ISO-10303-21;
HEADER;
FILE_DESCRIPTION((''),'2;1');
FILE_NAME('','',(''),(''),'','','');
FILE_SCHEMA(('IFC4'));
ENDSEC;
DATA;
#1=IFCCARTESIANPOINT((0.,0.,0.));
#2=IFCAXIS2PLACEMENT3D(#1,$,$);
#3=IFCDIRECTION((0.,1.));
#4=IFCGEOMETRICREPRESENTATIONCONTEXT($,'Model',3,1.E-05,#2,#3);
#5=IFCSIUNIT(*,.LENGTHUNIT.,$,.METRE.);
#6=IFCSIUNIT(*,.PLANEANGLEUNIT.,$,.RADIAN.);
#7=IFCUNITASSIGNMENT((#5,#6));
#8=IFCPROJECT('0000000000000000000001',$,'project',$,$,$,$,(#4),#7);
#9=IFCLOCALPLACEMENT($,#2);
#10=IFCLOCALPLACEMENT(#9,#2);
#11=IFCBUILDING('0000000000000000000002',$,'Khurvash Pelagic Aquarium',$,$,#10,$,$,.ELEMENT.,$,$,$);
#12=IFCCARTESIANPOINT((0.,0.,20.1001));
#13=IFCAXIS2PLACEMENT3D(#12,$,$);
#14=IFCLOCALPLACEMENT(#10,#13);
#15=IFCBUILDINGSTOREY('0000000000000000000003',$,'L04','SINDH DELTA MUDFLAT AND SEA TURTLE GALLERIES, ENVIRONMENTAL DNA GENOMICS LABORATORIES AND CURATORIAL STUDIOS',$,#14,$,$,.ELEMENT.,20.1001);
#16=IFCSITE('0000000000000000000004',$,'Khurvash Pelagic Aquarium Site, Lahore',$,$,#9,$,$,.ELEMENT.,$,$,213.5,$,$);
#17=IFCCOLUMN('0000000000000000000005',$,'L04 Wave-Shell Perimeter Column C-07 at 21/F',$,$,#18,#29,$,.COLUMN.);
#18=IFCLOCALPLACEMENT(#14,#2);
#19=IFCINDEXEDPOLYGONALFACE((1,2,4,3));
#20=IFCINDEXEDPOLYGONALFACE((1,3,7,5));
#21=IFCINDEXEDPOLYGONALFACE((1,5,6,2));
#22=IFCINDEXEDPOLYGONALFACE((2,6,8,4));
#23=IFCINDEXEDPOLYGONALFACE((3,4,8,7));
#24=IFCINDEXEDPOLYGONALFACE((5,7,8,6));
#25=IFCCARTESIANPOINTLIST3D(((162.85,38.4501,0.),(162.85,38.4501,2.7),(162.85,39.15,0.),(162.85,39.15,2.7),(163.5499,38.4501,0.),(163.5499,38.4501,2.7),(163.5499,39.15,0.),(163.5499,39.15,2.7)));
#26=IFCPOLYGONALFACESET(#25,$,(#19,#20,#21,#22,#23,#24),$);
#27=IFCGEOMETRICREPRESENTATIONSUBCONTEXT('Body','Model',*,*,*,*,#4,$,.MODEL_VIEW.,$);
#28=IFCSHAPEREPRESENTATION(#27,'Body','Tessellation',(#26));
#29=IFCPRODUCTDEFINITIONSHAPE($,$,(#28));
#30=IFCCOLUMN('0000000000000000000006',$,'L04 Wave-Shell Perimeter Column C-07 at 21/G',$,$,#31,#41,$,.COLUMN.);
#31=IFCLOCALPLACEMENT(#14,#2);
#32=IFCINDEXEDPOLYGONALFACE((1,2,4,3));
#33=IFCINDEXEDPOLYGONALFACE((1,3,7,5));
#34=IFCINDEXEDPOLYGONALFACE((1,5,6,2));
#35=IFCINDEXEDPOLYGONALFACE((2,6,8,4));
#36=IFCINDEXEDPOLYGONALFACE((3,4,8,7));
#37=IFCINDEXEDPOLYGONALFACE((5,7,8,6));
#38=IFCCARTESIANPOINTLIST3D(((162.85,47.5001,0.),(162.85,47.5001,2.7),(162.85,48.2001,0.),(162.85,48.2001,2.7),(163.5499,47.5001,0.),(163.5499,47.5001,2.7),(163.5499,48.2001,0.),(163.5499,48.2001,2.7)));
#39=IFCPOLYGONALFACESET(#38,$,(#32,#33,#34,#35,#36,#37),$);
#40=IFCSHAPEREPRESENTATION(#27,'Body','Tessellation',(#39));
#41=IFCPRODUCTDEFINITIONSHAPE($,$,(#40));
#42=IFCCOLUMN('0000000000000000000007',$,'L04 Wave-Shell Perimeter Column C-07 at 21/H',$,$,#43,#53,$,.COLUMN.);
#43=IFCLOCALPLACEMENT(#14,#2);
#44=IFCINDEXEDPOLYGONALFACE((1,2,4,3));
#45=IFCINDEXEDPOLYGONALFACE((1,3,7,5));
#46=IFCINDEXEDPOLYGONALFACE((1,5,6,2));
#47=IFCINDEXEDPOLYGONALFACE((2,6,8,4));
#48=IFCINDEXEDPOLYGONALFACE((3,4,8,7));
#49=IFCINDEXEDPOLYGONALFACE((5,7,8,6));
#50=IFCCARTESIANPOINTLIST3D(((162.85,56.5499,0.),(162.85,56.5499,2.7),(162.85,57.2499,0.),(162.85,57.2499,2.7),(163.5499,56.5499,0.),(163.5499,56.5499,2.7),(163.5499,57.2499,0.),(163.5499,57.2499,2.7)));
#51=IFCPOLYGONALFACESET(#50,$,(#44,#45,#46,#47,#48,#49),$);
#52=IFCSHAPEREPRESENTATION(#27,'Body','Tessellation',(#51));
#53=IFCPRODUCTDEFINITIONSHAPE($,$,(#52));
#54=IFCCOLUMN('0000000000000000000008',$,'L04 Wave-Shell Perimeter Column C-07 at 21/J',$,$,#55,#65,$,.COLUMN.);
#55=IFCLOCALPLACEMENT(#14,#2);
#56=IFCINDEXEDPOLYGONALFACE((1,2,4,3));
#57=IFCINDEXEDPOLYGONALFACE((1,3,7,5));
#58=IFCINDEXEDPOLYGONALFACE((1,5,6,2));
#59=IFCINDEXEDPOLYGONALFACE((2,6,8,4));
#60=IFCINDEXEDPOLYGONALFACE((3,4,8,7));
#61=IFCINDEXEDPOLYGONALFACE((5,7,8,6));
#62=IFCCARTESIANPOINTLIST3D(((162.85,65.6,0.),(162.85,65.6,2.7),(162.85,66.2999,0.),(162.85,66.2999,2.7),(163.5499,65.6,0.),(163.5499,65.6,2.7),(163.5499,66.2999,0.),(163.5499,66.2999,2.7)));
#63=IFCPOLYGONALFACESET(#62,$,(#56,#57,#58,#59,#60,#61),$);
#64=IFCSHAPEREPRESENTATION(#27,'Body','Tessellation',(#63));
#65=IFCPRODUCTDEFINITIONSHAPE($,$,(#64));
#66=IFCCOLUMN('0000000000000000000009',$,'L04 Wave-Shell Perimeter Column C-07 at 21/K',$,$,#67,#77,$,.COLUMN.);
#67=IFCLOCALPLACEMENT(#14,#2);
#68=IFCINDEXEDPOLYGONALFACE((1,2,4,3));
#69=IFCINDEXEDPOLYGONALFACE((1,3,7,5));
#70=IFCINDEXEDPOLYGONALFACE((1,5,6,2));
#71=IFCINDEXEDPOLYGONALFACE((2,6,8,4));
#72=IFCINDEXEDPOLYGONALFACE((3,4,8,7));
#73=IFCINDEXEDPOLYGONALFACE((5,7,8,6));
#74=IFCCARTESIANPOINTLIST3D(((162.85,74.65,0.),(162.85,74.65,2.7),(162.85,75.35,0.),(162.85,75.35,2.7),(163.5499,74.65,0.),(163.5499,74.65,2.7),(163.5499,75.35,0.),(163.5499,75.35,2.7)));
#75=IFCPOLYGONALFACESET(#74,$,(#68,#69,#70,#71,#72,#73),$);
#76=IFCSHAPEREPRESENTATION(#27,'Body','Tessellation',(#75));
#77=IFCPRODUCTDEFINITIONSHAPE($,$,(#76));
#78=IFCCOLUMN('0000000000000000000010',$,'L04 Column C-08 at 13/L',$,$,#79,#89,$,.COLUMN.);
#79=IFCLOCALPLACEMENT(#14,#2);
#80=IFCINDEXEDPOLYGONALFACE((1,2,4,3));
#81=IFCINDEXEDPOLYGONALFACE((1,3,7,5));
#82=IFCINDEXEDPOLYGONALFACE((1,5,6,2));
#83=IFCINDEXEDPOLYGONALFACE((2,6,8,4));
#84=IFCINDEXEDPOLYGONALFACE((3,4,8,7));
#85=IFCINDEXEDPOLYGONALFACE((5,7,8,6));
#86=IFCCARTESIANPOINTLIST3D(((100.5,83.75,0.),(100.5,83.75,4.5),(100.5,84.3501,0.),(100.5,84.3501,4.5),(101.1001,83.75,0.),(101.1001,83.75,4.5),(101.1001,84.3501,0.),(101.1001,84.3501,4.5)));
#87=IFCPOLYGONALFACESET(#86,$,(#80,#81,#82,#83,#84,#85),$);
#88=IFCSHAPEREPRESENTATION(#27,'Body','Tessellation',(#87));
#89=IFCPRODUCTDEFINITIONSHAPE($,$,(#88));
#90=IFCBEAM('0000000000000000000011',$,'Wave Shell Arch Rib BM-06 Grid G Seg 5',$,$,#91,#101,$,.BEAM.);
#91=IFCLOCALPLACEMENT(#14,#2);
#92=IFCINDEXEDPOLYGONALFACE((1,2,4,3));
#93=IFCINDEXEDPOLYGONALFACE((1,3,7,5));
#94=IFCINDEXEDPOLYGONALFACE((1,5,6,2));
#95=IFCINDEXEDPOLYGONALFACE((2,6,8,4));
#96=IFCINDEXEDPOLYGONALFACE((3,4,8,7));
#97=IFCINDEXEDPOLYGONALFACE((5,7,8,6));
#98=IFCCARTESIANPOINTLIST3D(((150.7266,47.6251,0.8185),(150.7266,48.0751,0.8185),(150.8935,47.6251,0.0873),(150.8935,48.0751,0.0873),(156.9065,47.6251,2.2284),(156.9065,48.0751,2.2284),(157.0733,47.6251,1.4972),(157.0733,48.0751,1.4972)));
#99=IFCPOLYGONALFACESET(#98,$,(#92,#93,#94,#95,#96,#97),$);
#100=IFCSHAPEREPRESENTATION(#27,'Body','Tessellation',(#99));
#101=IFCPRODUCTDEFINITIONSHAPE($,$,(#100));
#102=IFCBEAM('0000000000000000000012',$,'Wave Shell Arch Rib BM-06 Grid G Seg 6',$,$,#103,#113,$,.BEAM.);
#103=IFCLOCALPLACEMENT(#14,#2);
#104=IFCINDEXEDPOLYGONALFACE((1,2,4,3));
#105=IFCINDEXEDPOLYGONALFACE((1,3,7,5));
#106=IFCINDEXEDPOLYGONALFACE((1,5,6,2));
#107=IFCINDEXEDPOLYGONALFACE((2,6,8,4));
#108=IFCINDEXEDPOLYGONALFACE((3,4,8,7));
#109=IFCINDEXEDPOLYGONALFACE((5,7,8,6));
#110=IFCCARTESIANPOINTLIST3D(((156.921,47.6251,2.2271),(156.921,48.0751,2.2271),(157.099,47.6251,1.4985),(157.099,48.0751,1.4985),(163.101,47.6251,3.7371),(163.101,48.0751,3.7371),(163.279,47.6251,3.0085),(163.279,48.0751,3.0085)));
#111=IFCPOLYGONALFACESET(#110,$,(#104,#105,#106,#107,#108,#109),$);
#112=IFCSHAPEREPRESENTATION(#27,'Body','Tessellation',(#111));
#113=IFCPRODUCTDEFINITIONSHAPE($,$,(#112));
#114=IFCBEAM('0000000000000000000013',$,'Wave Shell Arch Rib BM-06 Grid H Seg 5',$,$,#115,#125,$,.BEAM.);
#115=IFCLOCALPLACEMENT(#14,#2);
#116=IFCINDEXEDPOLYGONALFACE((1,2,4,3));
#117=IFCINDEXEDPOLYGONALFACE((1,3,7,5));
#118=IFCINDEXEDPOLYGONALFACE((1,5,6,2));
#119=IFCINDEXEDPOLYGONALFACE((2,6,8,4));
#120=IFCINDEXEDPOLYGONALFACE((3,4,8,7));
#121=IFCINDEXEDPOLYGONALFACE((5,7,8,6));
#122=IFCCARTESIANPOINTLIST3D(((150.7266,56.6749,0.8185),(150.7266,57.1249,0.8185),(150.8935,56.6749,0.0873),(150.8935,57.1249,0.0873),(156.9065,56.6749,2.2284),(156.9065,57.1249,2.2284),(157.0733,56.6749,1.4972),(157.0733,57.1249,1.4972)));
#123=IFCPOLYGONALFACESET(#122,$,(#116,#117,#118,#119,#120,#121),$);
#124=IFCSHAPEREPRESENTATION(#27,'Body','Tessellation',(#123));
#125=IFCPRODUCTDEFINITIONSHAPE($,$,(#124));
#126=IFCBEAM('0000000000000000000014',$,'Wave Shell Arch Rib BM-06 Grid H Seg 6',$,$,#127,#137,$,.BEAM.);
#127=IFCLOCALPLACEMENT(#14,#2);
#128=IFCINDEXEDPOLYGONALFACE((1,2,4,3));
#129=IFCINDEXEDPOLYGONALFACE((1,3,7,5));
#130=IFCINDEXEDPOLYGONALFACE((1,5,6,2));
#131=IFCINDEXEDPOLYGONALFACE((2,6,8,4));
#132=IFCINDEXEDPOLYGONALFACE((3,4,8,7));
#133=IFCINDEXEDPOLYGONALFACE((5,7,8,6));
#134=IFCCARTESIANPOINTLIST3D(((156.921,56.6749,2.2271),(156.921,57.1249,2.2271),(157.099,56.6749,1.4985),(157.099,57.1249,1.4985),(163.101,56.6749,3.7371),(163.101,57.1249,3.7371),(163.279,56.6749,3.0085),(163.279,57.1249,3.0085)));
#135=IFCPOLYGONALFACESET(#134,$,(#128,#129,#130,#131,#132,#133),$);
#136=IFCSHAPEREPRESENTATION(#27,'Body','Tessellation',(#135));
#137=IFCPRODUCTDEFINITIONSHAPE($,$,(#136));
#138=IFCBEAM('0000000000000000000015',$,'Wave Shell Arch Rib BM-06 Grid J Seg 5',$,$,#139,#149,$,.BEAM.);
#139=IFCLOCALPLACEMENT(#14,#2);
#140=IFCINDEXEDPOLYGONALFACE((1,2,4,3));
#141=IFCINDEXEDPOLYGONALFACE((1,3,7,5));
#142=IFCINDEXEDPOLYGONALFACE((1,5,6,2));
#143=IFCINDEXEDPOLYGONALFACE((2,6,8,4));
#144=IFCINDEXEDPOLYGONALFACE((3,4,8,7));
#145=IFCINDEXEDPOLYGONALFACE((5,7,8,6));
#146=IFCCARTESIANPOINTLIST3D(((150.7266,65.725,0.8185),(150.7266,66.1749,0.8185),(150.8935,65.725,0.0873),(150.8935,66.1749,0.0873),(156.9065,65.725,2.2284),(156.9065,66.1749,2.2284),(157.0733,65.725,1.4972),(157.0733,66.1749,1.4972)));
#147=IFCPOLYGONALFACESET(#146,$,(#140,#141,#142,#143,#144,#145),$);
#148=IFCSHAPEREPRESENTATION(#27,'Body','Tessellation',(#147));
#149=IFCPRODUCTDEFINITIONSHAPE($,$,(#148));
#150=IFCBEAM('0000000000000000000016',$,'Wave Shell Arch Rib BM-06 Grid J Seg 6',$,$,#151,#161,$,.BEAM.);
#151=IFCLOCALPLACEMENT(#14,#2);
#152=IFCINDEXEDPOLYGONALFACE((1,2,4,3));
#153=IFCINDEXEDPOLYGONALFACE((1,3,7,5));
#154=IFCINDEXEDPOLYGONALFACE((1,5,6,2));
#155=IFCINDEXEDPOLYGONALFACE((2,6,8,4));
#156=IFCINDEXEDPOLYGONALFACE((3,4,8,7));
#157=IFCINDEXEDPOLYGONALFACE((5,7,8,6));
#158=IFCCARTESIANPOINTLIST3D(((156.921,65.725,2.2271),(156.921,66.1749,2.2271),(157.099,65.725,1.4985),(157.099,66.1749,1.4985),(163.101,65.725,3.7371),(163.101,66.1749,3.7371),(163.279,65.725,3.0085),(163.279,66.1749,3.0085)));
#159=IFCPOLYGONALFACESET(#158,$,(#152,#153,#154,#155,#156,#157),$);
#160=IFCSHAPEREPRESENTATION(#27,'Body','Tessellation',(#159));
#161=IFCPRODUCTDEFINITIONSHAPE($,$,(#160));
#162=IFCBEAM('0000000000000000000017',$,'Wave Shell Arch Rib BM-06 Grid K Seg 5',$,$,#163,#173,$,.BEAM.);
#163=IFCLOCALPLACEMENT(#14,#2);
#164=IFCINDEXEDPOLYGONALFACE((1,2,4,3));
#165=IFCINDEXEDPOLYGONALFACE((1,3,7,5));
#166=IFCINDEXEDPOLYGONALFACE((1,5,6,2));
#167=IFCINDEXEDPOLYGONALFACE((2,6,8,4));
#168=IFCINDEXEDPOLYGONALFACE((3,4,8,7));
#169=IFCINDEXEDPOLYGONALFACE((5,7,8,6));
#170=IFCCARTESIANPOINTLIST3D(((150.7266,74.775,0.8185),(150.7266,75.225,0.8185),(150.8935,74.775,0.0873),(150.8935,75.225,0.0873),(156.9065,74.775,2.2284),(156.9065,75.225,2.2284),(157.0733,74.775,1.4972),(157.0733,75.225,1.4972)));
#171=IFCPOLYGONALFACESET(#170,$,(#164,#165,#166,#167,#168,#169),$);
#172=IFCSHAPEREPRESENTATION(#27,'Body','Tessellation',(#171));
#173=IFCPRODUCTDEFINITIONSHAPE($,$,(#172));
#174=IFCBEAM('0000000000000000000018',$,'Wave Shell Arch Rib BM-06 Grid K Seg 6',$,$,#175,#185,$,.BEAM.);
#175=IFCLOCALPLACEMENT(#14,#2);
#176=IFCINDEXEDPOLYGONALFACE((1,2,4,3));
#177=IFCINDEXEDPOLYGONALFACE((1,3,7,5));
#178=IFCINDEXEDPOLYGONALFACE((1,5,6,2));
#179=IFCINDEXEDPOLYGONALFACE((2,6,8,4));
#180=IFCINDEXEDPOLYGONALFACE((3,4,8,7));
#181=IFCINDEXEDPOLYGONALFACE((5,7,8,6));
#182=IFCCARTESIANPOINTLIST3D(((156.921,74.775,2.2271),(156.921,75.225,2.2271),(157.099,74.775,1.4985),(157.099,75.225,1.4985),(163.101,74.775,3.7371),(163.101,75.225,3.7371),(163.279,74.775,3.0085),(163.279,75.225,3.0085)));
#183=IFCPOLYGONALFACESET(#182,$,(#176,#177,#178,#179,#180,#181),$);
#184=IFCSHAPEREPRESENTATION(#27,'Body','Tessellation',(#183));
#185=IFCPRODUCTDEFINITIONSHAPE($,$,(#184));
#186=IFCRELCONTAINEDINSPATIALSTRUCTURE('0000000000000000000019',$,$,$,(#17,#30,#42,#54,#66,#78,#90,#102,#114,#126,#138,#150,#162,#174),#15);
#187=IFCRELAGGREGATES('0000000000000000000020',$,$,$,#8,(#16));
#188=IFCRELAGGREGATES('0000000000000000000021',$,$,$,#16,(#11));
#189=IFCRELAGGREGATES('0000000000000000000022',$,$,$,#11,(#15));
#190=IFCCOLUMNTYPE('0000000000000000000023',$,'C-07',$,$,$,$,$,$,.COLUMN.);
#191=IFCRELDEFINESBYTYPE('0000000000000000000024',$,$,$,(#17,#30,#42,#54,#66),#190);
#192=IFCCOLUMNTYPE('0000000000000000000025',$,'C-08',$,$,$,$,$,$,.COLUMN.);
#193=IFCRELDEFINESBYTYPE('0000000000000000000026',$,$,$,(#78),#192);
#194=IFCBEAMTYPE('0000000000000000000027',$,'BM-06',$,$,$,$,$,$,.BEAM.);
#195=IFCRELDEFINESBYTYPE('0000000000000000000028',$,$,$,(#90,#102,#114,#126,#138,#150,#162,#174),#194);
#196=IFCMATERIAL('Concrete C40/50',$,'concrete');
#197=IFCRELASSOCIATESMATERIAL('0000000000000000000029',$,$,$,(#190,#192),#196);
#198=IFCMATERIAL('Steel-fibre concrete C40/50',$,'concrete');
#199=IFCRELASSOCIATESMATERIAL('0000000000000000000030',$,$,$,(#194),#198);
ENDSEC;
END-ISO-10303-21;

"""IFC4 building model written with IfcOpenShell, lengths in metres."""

from ifc_helpers import new_model, si_unit, direction, frame, origin, origin_2d, place, context, subcontext, project, spatial, rectangle, extrude, material, material_profile, profile_set, type_object, element, save


model = new_model("IFC4")

# Units and contexts
model_context = context("Model", 3, precision=1e-05, world=origin(), true_north=direction((0.0, 1.0)))
body_context = subcontext(model_context, "Body", "Model", "MODEL_VIEW")
ifc_project = project(units=[si_unit("LENGTHUNIT", "METRE"), si_unit("PLANEANGLEUNIT", "RADIAN")], contexts=[model_context])

# Site, building, storey
site_placement = place(None, origin())
site = spatial("IfcSite", under=ifc_project, at=site_placement, Name="Khurvash Pelagic Aquarium Site, Lahore", CompositionType="ELEMENT", RefElevation=213.5)
building_placement = place(site_placement, origin())
building = spatial("IfcBuilding", under=site, at=building_placement, Name="Khurvash Pelagic Aquarium", CompositionType="ELEMENT")
storey_placement = place(building_placement, frame((0.0, 0.0, 20.1001)))
storey = spatial("IfcBuildingStorey", under=building, at=storey_placement, Name="L04", Description="SINDH DELTA MUDFLAT AND SEA TURTLE GALLERIES, ENVIRONMENTAL DNA GENOMICS LABORATORIES AND CURATORIAL STUDIOS", CompositionType="ELEMENT", Elevation=20.1001)

# Columns
ifc_material_1 = material(Name="Concrete C40/50", Category="concrete")
ifc_material_profile_1 = material_profile(ifc_material_1, rectangle(XDim=0.7, YDim=0.7, at=origin_2d()), Name="RC700X700")
ifc_profile_set_1 = profile_set([ifc_material_profile_1], Name="Concrete C40/50")
column_type_1 = type_object("IfcColumnType", Name="C-07", PredefinedType="COLUMN", material=ifc_profile_set_1)
for number, where, z_axis, x_axis, name in (
    (1, (163.2, 38.8, 0.0), (0.0, 0.0, 1.0), (1.0, 0.0, 0.0), "L04 Wave-Shell Perimeter Column C-07 at 21/F"),
    (2, (163.2, 47.8501, 0.0), (0.0, 0.0, 1.0), (1.0, 0.0, 0.0), "L04 Wave-Shell Perimeter Column C-07 at 21/G"),
    (3, (163.2, 56.8999, 0.0), (0.0, 0.0, 1.0), (1.0, 0.0, 0.0), "L04 Wave-Shell Perimeter Column C-07 at 21/H"),
    (4, (163.2, 65.95, 0.0), (0.0, 0.0, 1.0), (1.0, 0.0, 0.0), "L04 Wave-Shell Perimeter Column C-07 at 21/J"),
    (5, (163.2, 75.0, 0.0), (0.0, 0.0, 1.0), (1.0, 0.0, 0.0), "L04 Wave-Shell Perimeter Column C-07 at 21/K"),
):
    element("IfcColumn", number, at=place(storey_placement, frame(where, z_axis=z_axis, x_axis=x_axis)), inside=storey, type_object=column_type_1, Name=name, PredefinedType="COLUMN", context=body_context, shape_type="SweptSolid", body=[
        extrude(rectangle(XDim=0.7, YDim=0.7, at=origin_2d()), origin(), (0.0, 0.0, 1.0), 2.7),
    ])
ifc_material_profile_2 = material_profile(ifc_material_1, rectangle(XDim=0.6001, YDim=0.6001, at=origin_2d()), Name="RC600X600")
ifc_profile_set_2 = profile_set([ifc_material_profile_2], Name="Concrete C40/50")
column_type_2 = type_object("IfcColumnType", Name="C-08", PredefinedType="COLUMN", material=ifc_profile_set_2)
column_placement = place(storey_placement, frame((100.8, 84.05, 0.0), z_axis=(0.0, 0.0, 1.0), x_axis=(1.0, 0.0, 0.0)))
element("IfcColumn", 6, at=column_placement, inside=storey, type_object=column_type_2, Name="L04 Column C-08 at 13/L", PredefinedType="COLUMN", context=body_context, shape_type="SweptSolid", body=[
    extrude(rectangle(XDim=0.6001, YDim=0.6001, at=origin_2d()), origin(), (0.0, 0.0, 1.0), 4.5),
])

# Beams
ifc_material_2 = material(Name="Steel-fibre concrete C40/50", Category="concrete")
ifc_material_profile_3 = material_profile(ifc_material_2, rectangle(XDim=0.45, YDim=0.75, at=origin_2d()), Name="RC450X750")
ifc_profile_set_3 = profile_set([ifc_material_profile_3], Name="Steel-fibre concrete C40/50")
beam_type_1 = type_object("IfcBeamType", Name="BM-06", PredefinedType="BEAM", material=ifc_profile_set_3)
beam_1_placement = place(storey_placement, frame((150.8101, 47.8501, 0.4529), z_axis=(0.974949, 0.0, 0.222428), x_axis=(0.0, 1.0, 0.0)))
element("IfcBeam", 7, at=beam_1_placement, inside=storey, type_object=beam_type_1, Name="Wave Shell Arch Rib BM-06 Grid G Seg 5", PredefinedType="BEAM", context=body_context, shape_type="SweptSolid", body=[
    extrude(rectangle(XDim=0.45, YDim=0.75, at=origin_2d()), origin(), (0.0, 0.0, 1.0), 6.3386),
])
beam_2_placement = place(storey_placement, frame((157.01, 47.8501, 1.8628), z_axis=(0.971422, 0.0, 0.237358), x_axis=(0.0, 1.0, 0.0)))
element("IfcBeam", 8, at=beam_2_placement, inside=storey, type_object=beam_type_1, Name="Wave Shell Arch Rib BM-06 Grid G Seg 6", PredefinedType="BEAM", context=body_context, shape_type="SweptSolid", body=[
    extrude(rectangle(XDim=0.45, YDim=0.75, at=origin_2d()), origin(), (0.0, 0.0, 1.0), 6.3618),
])
beam_3_placement = place(storey_placement, frame((150.8101, 56.8999, 0.4529), z_axis=(0.974949, 0.0, 0.222428), x_axis=(0.0, 1.0, 0.0)))
element("IfcBeam", 9, at=beam_3_placement, inside=storey, type_object=beam_type_1, Name="Wave Shell Arch Rib BM-06 Grid H Seg 5", PredefinedType="BEAM", context=body_context, shape_type="SweptSolid", body=[
    extrude(rectangle(XDim=0.45, YDim=0.75, at=origin_2d()), origin(), (0.0, 0.0, 1.0), 6.3386),
])
beam_4_placement = place(storey_placement, frame((157.01, 56.8999, 1.8628), z_axis=(0.971422, 0.0, 0.237358), x_axis=(0.0, 1.0, 0.0)))
element("IfcBeam", 10, at=beam_4_placement, inside=storey, type_object=beam_type_1, Name="Wave Shell Arch Rib BM-06 Grid H Seg 6", PredefinedType="BEAM", context=body_context, shape_type="SweptSolid", body=[
    extrude(rectangle(XDim=0.45, YDim=0.75, at=origin_2d()), origin(), (0.0, 0.0, 1.0), 6.3618),
])
beam_5_placement = place(storey_placement, frame((150.8101, 65.95, 0.4529), z_axis=(0.974949, 0.0, 0.222428), x_axis=(0.0, 1.0, 0.0)))
element("IfcBeam", 11, at=beam_5_placement, inside=storey, type_object=beam_type_1, Name="Wave Shell Arch Rib BM-06 Grid J Seg 5", PredefinedType="BEAM", context=body_context, shape_type="SweptSolid", body=[
    extrude(rectangle(XDim=0.45, YDim=0.75, at=origin_2d()), origin(), (0.0, 0.0, 1.0), 6.3386),
])
beam_6_placement = place(storey_placement, frame((157.01, 65.95, 1.8628), z_axis=(0.971422, 0.0, 0.237358), x_axis=(0.0, 1.0, 0.0)))
element("IfcBeam", 12, at=beam_6_placement, inside=storey, type_object=beam_type_1, Name="Wave Shell Arch Rib BM-06 Grid J Seg 6", PredefinedType="BEAM", context=body_context, shape_type="SweptSolid", body=[
    extrude(rectangle(XDim=0.45, YDim=0.75, at=origin_2d()), origin(), (0.0, 0.0, 1.0), 6.3618),
])
beam_7_placement = place(storey_placement, frame((150.8101, 75.0, 0.4529), z_axis=(0.974949, 0.0, 0.222428), x_axis=(0.0, 1.0, 0.0)))
element("IfcBeam", 13, at=beam_7_placement, inside=storey, type_object=beam_type_1, Name="Wave Shell Arch Rib BM-06 Grid K Seg 5", PredefinedType="BEAM", context=body_context, shape_type="SweptSolid", body=[
    extrude(rectangle(XDim=0.45, YDim=0.75, at=origin_2d()), origin(), (0.0, 0.0, 1.0), 6.3386),
])
beam_8_placement = place(storey_placement, frame((157.01, 75.0, 1.8628), z_axis=(0.971422, 0.0, 0.237358), x_axis=(0.0, 1.0, 0.0)))
element("IfcBeam", 14, at=beam_8_placement, inside=storey, type_object=beam_type_1, Name="Wave Shell Arch Rib BM-06 Grid K Seg 6", PredefinedType="BEAM", context=body_context, shape_type="SweptSolid", body=[
    extrude(rectangle(XDim=0.45, YDim=0.75, at=origin_2d()), origin(), (0.0, 0.0, 1.0), 6.3618),
])

save(model, "model.ifc")
